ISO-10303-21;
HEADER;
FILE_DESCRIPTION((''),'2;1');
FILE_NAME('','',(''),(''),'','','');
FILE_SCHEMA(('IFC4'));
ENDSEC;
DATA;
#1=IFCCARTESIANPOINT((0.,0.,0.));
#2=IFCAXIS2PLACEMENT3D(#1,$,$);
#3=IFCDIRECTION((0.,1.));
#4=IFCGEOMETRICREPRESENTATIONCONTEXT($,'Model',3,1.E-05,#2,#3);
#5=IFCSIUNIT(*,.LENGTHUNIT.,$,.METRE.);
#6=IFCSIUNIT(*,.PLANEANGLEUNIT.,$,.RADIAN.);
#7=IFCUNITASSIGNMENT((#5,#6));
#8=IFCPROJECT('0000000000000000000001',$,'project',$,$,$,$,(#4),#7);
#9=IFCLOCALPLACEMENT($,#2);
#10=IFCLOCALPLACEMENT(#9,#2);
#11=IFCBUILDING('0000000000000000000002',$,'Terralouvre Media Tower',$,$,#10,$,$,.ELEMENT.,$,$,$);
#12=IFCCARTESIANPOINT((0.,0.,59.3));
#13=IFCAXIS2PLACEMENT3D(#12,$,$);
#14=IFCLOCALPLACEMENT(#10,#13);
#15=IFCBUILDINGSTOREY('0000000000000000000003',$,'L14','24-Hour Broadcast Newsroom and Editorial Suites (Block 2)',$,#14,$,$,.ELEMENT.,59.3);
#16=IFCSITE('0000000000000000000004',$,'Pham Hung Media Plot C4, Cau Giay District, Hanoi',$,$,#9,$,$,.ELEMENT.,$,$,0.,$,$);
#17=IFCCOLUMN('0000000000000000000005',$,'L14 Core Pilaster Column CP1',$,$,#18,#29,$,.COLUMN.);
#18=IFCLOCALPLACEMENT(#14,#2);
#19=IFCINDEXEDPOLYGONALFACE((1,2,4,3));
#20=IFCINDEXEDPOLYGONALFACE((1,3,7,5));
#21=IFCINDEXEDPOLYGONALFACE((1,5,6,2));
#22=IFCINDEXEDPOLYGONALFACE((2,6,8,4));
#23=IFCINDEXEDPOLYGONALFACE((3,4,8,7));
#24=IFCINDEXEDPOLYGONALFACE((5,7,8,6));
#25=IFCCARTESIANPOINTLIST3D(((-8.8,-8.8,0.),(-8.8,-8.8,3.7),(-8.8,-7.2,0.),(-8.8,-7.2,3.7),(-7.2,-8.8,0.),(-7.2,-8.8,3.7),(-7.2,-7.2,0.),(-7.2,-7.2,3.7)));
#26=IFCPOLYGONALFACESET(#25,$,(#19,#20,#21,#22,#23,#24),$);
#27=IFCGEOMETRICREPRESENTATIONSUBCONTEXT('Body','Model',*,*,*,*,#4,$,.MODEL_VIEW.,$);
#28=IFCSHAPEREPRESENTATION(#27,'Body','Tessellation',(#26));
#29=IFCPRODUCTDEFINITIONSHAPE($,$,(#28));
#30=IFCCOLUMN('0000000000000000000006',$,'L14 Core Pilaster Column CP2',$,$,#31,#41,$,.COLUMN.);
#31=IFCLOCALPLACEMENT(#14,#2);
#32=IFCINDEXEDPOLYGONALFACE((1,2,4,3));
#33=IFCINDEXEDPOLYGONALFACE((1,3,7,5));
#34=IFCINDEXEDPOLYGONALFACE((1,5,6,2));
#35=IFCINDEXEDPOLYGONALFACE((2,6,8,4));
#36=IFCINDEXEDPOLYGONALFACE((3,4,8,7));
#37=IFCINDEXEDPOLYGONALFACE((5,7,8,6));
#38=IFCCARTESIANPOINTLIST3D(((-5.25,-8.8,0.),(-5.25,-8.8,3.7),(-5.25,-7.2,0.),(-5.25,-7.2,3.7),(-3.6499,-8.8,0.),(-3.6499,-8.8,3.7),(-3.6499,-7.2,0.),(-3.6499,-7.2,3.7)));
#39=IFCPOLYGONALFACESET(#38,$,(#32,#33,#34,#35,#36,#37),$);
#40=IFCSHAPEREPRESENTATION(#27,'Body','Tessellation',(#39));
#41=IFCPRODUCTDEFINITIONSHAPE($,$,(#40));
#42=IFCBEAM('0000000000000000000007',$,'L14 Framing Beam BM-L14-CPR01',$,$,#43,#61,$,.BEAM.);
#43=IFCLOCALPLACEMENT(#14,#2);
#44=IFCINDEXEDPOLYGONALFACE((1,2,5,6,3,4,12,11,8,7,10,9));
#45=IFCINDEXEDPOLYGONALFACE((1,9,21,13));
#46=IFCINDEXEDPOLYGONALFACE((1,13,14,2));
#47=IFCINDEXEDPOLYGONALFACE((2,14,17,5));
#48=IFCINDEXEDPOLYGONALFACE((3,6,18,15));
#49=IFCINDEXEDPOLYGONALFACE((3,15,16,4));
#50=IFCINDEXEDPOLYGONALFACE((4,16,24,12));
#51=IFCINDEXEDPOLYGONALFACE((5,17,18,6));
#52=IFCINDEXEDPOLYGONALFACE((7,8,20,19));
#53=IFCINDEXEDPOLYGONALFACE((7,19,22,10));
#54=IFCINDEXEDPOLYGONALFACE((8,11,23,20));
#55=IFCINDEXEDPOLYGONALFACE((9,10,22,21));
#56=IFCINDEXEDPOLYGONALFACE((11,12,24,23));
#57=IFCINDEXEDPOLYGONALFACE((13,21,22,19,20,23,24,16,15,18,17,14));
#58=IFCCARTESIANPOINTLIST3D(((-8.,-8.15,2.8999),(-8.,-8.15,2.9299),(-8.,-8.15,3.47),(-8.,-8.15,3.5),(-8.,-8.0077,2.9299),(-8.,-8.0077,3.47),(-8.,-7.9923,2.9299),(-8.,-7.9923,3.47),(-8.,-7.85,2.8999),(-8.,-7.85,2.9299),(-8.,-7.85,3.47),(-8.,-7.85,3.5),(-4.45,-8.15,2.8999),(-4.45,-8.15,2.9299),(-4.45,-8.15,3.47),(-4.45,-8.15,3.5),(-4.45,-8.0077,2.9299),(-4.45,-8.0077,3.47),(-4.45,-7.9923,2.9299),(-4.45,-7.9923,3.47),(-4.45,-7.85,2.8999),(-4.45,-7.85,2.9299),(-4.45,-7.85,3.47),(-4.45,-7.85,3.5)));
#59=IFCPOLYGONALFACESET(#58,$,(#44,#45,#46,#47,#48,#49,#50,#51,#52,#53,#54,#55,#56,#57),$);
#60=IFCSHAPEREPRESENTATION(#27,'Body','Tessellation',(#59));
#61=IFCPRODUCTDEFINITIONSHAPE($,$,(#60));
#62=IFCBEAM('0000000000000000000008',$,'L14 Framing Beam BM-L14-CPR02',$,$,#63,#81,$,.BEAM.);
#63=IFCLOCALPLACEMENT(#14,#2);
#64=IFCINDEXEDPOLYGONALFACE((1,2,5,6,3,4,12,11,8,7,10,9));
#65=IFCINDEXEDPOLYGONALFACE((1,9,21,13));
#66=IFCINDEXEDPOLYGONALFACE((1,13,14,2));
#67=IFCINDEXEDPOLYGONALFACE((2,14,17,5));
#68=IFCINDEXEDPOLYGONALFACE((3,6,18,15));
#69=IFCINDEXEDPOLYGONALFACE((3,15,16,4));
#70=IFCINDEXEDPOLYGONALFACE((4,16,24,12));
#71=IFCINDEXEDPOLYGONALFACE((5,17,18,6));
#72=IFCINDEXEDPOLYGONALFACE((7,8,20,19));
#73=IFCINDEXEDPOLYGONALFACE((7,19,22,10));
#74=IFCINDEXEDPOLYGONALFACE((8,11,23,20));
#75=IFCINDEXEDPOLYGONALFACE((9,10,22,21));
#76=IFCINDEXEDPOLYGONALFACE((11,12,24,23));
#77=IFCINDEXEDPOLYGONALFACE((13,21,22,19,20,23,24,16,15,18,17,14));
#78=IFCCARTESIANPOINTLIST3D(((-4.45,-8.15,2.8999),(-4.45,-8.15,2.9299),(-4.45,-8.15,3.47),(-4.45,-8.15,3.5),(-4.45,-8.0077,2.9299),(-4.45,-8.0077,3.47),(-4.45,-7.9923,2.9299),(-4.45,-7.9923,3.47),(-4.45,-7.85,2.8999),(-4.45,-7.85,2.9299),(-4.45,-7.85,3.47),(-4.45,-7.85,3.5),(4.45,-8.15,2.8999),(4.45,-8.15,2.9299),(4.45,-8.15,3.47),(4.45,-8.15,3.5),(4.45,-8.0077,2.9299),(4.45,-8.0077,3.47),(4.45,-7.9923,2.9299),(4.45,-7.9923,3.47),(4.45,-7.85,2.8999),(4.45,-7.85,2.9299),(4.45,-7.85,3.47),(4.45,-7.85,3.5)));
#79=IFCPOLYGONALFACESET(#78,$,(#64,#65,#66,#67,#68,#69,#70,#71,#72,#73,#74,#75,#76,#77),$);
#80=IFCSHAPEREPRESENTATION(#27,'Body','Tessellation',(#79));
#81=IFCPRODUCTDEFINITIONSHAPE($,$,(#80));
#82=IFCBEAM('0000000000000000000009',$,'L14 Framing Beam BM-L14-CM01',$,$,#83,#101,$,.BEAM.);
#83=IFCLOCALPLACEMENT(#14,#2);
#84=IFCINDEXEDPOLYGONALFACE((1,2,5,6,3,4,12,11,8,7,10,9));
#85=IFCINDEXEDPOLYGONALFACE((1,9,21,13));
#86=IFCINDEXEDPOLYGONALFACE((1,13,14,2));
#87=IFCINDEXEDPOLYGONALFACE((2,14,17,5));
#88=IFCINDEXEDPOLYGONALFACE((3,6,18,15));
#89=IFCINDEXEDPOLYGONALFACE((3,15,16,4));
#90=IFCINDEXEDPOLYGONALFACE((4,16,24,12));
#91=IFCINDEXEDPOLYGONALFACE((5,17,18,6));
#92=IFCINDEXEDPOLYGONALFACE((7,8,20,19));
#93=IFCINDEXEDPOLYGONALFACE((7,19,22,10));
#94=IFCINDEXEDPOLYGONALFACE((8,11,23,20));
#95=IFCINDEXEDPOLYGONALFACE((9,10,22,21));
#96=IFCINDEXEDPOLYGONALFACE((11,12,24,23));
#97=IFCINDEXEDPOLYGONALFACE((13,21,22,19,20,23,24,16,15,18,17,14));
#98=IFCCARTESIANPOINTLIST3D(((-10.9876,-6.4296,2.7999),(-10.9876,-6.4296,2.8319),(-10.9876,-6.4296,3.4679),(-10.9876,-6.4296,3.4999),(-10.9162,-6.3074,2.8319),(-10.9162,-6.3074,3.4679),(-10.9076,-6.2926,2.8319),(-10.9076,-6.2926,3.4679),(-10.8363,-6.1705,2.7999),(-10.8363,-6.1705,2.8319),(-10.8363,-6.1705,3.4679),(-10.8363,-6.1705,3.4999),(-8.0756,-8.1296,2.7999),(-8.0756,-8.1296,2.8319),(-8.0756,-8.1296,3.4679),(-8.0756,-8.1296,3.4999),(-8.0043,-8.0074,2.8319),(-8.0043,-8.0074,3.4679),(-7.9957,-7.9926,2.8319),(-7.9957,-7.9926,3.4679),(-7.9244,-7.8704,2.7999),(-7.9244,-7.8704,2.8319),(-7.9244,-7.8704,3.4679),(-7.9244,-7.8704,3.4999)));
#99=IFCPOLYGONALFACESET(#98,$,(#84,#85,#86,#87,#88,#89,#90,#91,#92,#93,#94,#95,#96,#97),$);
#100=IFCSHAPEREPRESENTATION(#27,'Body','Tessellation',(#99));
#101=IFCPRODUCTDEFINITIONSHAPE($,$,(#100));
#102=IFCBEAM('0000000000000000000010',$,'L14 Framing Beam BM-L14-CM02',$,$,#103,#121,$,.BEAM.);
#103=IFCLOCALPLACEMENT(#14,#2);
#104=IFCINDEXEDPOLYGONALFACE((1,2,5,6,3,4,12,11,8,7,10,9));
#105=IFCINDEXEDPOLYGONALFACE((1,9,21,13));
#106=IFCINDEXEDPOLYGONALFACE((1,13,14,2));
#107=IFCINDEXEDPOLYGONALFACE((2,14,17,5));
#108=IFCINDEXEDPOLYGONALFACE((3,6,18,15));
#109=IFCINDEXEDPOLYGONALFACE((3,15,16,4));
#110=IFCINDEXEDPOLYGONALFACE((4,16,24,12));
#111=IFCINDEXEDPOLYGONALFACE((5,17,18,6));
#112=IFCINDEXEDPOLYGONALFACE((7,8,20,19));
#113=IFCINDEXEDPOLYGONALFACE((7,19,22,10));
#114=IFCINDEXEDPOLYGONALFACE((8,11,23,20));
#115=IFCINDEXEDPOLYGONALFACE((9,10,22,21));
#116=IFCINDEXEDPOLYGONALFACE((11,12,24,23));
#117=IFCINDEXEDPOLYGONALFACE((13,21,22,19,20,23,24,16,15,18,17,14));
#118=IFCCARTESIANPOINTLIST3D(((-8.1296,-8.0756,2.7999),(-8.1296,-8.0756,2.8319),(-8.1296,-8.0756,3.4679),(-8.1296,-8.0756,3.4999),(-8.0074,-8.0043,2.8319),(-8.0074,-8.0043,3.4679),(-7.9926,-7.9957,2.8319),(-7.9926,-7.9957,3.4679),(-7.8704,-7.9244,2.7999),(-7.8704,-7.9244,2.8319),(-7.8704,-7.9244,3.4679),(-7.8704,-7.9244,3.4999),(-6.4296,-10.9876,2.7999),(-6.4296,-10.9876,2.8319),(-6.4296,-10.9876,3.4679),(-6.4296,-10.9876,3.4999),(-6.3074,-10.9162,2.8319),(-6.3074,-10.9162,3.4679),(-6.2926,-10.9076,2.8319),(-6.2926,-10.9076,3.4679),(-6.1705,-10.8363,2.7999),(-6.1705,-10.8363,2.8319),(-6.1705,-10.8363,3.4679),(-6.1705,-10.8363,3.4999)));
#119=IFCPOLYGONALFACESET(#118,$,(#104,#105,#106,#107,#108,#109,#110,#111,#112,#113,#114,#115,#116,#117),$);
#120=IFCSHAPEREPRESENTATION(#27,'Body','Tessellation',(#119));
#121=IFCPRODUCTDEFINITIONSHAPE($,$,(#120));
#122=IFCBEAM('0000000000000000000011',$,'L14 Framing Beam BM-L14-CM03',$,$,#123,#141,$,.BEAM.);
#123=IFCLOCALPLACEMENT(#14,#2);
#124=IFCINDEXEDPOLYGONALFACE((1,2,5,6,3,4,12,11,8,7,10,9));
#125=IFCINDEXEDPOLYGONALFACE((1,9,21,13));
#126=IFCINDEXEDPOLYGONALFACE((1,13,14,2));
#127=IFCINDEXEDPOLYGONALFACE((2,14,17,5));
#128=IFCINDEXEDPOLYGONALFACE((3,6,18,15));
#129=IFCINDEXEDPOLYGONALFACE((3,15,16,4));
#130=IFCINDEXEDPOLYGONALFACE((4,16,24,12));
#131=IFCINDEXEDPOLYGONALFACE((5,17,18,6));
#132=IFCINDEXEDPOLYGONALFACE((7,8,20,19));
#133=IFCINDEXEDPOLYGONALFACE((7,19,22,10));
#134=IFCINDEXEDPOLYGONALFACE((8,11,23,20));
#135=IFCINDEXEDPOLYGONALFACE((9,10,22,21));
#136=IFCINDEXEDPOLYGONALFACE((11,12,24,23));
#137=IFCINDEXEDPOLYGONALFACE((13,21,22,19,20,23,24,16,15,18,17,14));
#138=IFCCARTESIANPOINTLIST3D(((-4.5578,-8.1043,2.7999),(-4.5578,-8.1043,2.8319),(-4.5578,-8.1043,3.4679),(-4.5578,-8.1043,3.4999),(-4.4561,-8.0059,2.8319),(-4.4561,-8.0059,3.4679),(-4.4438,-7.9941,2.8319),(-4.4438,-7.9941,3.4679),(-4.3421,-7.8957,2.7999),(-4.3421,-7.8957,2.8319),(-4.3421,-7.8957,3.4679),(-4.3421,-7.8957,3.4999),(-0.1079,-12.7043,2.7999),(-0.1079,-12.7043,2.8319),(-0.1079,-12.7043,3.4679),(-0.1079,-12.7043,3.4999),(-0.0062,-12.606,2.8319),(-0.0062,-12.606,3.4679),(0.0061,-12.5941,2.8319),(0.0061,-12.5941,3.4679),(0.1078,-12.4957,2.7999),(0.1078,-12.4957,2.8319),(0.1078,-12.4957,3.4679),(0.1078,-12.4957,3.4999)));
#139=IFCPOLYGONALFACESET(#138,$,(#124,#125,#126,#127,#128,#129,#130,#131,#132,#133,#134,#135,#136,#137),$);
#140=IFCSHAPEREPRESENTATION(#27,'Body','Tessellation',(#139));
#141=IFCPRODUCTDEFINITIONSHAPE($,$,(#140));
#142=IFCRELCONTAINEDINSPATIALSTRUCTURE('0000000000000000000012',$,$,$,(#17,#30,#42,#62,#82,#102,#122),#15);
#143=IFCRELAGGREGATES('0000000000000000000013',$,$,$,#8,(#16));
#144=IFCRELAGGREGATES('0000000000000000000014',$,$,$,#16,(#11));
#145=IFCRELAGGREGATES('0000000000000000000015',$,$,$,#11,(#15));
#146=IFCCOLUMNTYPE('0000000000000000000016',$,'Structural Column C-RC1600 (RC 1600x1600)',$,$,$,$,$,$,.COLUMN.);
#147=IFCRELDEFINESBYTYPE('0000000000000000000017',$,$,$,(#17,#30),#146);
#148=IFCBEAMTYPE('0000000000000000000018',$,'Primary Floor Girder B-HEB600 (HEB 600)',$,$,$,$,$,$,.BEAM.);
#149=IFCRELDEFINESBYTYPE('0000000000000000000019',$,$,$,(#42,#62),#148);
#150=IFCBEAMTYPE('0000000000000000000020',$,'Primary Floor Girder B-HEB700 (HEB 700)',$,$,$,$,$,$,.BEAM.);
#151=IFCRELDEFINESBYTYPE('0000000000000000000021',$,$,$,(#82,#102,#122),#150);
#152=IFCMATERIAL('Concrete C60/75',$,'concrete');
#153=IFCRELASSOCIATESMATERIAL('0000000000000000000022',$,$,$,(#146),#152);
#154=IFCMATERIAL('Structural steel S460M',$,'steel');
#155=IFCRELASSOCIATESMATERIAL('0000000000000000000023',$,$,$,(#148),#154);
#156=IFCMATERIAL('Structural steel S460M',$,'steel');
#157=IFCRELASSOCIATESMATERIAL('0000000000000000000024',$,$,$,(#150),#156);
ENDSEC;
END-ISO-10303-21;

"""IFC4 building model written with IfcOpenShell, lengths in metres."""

from ifc_helpers import new_model, si_unit, direction, frame, origin, origin_2d, place, context, subcontext, project, spatial, rectangle, i_section, extrude, material, material_profile, profile_set, type_object, element, save


model = new_model("IFC4")

# Units and contexts
model_context = context("Model", 3, precision=1e-05, world=origin(), true_north=direction((0.0, 1.0)))
body_context = subcontext(model_context, "Body", "Model", "MODEL_VIEW")
ifc_project = project(units=[si_unit("LENGTHUNIT", "METRE"), si_unit("PLANEANGLEUNIT", "RADIAN")], contexts=[model_context])

# Site, building, storey
site_placement = place(None, origin())
site = spatial("IfcSite", under=ifc_project, at=site_placement, Name="Pham Hung Media Plot C4, Cau Giay District, Hanoi", CompositionType="ELEMENT", RefElevation=0.0)
building_placement = place(site_placement, origin())
building = spatial("IfcBuilding", under=site, at=building_placement, Name="Terralouvre Media Tower", CompositionType="ELEMENT")
storey_placement = place(building_placement, frame((0.0, 0.0, 59.3)))
storey = spatial("IfcBuildingStorey", under=building, at=storey_placement, Name="L14", Description="24-Hour Broadcast Newsroom and Editorial Suites (Block 2)", CompositionType="ELEMENT", Elevation=59.3)

# Columns
ifc_material_1 = material(Name="Concrete C60/75", Category="concrete")
ifc_material_profile_1 = material_profile(ifc_material_1, rectangle(XDim=1.6001, YDim=1.6001, at=origin_2d()), Name="RC 1600x1600")
ifc_profile_set_1 = profile_set([ifc_material_profile_1], Name="Concrete C60/75")
column_type = type_object("IfcColumnType", Name="Structural Column C-RC1600 (RC 1600x1600)", PredefinedType="COLUMN", material=ifc_profile_set_1)
for number, where, z_axis, x_axis, name in (
    (1, (-8.0, -8.0, 0.0), (0.0, 0.0, 1.0), (1.0, 0.0, 0.0), "L14 Core Pilaster Column CP1"),
    (2, (-4.45, -8.0, 0.0), (0.0, 0.0, 1.0), (1.0, 0.0, 0.0), "L14 Core Pilaster Column CP2"),
):
    element("IfcColumn", number, at=place(storey_placement, frame(where, z_axis=z_axis, x_axis=x_axis)), inside=storey, type_object=column_type, Name=name, PredefinedType="COLUMN", context=body_context, shape_type="SweptSolid", body=[
        extrude(rectangle(XDim=1.6001, YDim=1.6001, at=origin_2d()), origin(), (0.0, 0.0, 1.0), 3.7),
    ])

# Beams
ifc_material_2 = material(Name="Structural steel S460M", Category="steel")
ifc_material_profile_2 = material_profile(ifc_material_2, i_section(OverallWidth=0.3, OverallDepth=0.6001, WebThickness=0.0154, FlangeThickness=0.03, at=origin_2d()), Name="HEB 600")
ifc_profile_set_2 = profile_set([ifc_material_profile_2], Name="Structural steel S460M")
beam_type_1 = type_object("IfcBeamType", Name="Primary Floor Girder B-HEB600 (HEB 600)", PredefinedType="BEAM", material=ifc_profile_set_2)
beam_1_placement = place(storey_placement, frame((-8.0, -8.0, 3.2), z_axis=(1.0, 0.0, 0.0), x_axis=(0.0, 1.0, 0.0)))
element("IfcBeam", 3, at=beam_1_placement, inside=storey, type_object=beam_type_1, Name="L14 Framing Beam BM-L14-CPR01", PredefinedType="BEAM", context=body_context, shape_type="SweptSolid", body=[
    extrude(i_section(OverallWidth=0.3, OverallDepth=0.6001, WebThickness=0.0154, FlangeThickness=0.03, at=origin_2d()), origin(), (0.0, 0.0, 1.0), 3.55),
])
beam_2_placement = place(storey_placement, frame((-4.45, -8.0, 3.2), z_axis=(1.0, 0.0, 0.0), x_axis=(0.0, 1.0, 0.0)))
element("IfcBeam", 4, at=beam_2_placement, inside=storey, type_object=beam_type_1, Name="L14 Framing Beam BM-L14-CPR02", PredefinedType="BEAM", context=body_context, shape_type="SweptSolid", body=[
    extrude(i_section(OverallWidth=0.3, OverallDepth=0.6001, WebThickness=0.0154, FlangeThickness=0.03, at=origin_2d()), origin(), (0.0, 0.0, 1.0), 8.8999),
])
ifc_material_3 = material(Name="Structural steel S460M", Category="steel")
ifc_material_profile_3 = material_profile(ifc_material_3, i_section(OverallWidth=0.3, OverallDepth=0.7, WebThickness=0.0171, FlangeThickness=0.032, at=origin_2d()), Name="HEB 700")
ifc_profile_set_3 = profile_set([ifc_material_profile_3], Name="Structural steel S460M")
beam_type_2 = type_object("IfcBeamType", Name="Primary Floor Girder B-HEB700 (HEB 700)", PredefinedType="BEAM", material=ifc_profile_set_3)
for number, where, z_axis, x_axis, name in (
    (5, (-8.0, -8.0, 3.1499), (-0.863603, 0.504173, 0.0), (-0.504173, -0.863603, 0.0), "L14 Framing Beam BM-L14-CM01"),
    (6, (-8.0, -8.0, 3.1499), (0.504173, -0.863603, 0.0), (0.863603, 0.504173, 0.0), "L14 Framing Beam BM-L14-CM02"),
):
    element("IfcBeam", number, at=place(storey_placement, frame(where, z_axis=z_axis, x_axis=x_axis)), inside=storey, type_object=beam_type_2, Name=name, PredefinedType="BEAM", context=body_context, shape_type="SweptSolid", body=[
        extrude(i_section(OverallWidth=0.3, OverallDepth=0.7, WebThickness=0.0171, FlangeThickness=0.032, at=origin_2d()), origin(), (0.0, 0.0, 1.0), 3.3718),
    ])
beam_3_placement = place(storey_placement, frame((-4.45, -8.0, 3.1499), z_axis=(0.69528, -0.718739, 0.0), x_axis=(0.718739, 0.69528, 0.0)))
element("IfcBeam", 7, at=beam_3_placement, inside=storey, type_object=beam_type_2, Name="L14 Framing Beam BM-L14-CM03", PredefinedType="BEAM", context=body_context, shape_type="SweptSolid", body=[
    extrude(i_section(OverallWidth=0.3, OverallDepth=0.7, WebThickness=0.0171, FlangeThickness=0.032, at=origin_2d()), origin(), (0.0, 0.0, 1.0), 6.4001),
])

save(model, "model.ifc")
